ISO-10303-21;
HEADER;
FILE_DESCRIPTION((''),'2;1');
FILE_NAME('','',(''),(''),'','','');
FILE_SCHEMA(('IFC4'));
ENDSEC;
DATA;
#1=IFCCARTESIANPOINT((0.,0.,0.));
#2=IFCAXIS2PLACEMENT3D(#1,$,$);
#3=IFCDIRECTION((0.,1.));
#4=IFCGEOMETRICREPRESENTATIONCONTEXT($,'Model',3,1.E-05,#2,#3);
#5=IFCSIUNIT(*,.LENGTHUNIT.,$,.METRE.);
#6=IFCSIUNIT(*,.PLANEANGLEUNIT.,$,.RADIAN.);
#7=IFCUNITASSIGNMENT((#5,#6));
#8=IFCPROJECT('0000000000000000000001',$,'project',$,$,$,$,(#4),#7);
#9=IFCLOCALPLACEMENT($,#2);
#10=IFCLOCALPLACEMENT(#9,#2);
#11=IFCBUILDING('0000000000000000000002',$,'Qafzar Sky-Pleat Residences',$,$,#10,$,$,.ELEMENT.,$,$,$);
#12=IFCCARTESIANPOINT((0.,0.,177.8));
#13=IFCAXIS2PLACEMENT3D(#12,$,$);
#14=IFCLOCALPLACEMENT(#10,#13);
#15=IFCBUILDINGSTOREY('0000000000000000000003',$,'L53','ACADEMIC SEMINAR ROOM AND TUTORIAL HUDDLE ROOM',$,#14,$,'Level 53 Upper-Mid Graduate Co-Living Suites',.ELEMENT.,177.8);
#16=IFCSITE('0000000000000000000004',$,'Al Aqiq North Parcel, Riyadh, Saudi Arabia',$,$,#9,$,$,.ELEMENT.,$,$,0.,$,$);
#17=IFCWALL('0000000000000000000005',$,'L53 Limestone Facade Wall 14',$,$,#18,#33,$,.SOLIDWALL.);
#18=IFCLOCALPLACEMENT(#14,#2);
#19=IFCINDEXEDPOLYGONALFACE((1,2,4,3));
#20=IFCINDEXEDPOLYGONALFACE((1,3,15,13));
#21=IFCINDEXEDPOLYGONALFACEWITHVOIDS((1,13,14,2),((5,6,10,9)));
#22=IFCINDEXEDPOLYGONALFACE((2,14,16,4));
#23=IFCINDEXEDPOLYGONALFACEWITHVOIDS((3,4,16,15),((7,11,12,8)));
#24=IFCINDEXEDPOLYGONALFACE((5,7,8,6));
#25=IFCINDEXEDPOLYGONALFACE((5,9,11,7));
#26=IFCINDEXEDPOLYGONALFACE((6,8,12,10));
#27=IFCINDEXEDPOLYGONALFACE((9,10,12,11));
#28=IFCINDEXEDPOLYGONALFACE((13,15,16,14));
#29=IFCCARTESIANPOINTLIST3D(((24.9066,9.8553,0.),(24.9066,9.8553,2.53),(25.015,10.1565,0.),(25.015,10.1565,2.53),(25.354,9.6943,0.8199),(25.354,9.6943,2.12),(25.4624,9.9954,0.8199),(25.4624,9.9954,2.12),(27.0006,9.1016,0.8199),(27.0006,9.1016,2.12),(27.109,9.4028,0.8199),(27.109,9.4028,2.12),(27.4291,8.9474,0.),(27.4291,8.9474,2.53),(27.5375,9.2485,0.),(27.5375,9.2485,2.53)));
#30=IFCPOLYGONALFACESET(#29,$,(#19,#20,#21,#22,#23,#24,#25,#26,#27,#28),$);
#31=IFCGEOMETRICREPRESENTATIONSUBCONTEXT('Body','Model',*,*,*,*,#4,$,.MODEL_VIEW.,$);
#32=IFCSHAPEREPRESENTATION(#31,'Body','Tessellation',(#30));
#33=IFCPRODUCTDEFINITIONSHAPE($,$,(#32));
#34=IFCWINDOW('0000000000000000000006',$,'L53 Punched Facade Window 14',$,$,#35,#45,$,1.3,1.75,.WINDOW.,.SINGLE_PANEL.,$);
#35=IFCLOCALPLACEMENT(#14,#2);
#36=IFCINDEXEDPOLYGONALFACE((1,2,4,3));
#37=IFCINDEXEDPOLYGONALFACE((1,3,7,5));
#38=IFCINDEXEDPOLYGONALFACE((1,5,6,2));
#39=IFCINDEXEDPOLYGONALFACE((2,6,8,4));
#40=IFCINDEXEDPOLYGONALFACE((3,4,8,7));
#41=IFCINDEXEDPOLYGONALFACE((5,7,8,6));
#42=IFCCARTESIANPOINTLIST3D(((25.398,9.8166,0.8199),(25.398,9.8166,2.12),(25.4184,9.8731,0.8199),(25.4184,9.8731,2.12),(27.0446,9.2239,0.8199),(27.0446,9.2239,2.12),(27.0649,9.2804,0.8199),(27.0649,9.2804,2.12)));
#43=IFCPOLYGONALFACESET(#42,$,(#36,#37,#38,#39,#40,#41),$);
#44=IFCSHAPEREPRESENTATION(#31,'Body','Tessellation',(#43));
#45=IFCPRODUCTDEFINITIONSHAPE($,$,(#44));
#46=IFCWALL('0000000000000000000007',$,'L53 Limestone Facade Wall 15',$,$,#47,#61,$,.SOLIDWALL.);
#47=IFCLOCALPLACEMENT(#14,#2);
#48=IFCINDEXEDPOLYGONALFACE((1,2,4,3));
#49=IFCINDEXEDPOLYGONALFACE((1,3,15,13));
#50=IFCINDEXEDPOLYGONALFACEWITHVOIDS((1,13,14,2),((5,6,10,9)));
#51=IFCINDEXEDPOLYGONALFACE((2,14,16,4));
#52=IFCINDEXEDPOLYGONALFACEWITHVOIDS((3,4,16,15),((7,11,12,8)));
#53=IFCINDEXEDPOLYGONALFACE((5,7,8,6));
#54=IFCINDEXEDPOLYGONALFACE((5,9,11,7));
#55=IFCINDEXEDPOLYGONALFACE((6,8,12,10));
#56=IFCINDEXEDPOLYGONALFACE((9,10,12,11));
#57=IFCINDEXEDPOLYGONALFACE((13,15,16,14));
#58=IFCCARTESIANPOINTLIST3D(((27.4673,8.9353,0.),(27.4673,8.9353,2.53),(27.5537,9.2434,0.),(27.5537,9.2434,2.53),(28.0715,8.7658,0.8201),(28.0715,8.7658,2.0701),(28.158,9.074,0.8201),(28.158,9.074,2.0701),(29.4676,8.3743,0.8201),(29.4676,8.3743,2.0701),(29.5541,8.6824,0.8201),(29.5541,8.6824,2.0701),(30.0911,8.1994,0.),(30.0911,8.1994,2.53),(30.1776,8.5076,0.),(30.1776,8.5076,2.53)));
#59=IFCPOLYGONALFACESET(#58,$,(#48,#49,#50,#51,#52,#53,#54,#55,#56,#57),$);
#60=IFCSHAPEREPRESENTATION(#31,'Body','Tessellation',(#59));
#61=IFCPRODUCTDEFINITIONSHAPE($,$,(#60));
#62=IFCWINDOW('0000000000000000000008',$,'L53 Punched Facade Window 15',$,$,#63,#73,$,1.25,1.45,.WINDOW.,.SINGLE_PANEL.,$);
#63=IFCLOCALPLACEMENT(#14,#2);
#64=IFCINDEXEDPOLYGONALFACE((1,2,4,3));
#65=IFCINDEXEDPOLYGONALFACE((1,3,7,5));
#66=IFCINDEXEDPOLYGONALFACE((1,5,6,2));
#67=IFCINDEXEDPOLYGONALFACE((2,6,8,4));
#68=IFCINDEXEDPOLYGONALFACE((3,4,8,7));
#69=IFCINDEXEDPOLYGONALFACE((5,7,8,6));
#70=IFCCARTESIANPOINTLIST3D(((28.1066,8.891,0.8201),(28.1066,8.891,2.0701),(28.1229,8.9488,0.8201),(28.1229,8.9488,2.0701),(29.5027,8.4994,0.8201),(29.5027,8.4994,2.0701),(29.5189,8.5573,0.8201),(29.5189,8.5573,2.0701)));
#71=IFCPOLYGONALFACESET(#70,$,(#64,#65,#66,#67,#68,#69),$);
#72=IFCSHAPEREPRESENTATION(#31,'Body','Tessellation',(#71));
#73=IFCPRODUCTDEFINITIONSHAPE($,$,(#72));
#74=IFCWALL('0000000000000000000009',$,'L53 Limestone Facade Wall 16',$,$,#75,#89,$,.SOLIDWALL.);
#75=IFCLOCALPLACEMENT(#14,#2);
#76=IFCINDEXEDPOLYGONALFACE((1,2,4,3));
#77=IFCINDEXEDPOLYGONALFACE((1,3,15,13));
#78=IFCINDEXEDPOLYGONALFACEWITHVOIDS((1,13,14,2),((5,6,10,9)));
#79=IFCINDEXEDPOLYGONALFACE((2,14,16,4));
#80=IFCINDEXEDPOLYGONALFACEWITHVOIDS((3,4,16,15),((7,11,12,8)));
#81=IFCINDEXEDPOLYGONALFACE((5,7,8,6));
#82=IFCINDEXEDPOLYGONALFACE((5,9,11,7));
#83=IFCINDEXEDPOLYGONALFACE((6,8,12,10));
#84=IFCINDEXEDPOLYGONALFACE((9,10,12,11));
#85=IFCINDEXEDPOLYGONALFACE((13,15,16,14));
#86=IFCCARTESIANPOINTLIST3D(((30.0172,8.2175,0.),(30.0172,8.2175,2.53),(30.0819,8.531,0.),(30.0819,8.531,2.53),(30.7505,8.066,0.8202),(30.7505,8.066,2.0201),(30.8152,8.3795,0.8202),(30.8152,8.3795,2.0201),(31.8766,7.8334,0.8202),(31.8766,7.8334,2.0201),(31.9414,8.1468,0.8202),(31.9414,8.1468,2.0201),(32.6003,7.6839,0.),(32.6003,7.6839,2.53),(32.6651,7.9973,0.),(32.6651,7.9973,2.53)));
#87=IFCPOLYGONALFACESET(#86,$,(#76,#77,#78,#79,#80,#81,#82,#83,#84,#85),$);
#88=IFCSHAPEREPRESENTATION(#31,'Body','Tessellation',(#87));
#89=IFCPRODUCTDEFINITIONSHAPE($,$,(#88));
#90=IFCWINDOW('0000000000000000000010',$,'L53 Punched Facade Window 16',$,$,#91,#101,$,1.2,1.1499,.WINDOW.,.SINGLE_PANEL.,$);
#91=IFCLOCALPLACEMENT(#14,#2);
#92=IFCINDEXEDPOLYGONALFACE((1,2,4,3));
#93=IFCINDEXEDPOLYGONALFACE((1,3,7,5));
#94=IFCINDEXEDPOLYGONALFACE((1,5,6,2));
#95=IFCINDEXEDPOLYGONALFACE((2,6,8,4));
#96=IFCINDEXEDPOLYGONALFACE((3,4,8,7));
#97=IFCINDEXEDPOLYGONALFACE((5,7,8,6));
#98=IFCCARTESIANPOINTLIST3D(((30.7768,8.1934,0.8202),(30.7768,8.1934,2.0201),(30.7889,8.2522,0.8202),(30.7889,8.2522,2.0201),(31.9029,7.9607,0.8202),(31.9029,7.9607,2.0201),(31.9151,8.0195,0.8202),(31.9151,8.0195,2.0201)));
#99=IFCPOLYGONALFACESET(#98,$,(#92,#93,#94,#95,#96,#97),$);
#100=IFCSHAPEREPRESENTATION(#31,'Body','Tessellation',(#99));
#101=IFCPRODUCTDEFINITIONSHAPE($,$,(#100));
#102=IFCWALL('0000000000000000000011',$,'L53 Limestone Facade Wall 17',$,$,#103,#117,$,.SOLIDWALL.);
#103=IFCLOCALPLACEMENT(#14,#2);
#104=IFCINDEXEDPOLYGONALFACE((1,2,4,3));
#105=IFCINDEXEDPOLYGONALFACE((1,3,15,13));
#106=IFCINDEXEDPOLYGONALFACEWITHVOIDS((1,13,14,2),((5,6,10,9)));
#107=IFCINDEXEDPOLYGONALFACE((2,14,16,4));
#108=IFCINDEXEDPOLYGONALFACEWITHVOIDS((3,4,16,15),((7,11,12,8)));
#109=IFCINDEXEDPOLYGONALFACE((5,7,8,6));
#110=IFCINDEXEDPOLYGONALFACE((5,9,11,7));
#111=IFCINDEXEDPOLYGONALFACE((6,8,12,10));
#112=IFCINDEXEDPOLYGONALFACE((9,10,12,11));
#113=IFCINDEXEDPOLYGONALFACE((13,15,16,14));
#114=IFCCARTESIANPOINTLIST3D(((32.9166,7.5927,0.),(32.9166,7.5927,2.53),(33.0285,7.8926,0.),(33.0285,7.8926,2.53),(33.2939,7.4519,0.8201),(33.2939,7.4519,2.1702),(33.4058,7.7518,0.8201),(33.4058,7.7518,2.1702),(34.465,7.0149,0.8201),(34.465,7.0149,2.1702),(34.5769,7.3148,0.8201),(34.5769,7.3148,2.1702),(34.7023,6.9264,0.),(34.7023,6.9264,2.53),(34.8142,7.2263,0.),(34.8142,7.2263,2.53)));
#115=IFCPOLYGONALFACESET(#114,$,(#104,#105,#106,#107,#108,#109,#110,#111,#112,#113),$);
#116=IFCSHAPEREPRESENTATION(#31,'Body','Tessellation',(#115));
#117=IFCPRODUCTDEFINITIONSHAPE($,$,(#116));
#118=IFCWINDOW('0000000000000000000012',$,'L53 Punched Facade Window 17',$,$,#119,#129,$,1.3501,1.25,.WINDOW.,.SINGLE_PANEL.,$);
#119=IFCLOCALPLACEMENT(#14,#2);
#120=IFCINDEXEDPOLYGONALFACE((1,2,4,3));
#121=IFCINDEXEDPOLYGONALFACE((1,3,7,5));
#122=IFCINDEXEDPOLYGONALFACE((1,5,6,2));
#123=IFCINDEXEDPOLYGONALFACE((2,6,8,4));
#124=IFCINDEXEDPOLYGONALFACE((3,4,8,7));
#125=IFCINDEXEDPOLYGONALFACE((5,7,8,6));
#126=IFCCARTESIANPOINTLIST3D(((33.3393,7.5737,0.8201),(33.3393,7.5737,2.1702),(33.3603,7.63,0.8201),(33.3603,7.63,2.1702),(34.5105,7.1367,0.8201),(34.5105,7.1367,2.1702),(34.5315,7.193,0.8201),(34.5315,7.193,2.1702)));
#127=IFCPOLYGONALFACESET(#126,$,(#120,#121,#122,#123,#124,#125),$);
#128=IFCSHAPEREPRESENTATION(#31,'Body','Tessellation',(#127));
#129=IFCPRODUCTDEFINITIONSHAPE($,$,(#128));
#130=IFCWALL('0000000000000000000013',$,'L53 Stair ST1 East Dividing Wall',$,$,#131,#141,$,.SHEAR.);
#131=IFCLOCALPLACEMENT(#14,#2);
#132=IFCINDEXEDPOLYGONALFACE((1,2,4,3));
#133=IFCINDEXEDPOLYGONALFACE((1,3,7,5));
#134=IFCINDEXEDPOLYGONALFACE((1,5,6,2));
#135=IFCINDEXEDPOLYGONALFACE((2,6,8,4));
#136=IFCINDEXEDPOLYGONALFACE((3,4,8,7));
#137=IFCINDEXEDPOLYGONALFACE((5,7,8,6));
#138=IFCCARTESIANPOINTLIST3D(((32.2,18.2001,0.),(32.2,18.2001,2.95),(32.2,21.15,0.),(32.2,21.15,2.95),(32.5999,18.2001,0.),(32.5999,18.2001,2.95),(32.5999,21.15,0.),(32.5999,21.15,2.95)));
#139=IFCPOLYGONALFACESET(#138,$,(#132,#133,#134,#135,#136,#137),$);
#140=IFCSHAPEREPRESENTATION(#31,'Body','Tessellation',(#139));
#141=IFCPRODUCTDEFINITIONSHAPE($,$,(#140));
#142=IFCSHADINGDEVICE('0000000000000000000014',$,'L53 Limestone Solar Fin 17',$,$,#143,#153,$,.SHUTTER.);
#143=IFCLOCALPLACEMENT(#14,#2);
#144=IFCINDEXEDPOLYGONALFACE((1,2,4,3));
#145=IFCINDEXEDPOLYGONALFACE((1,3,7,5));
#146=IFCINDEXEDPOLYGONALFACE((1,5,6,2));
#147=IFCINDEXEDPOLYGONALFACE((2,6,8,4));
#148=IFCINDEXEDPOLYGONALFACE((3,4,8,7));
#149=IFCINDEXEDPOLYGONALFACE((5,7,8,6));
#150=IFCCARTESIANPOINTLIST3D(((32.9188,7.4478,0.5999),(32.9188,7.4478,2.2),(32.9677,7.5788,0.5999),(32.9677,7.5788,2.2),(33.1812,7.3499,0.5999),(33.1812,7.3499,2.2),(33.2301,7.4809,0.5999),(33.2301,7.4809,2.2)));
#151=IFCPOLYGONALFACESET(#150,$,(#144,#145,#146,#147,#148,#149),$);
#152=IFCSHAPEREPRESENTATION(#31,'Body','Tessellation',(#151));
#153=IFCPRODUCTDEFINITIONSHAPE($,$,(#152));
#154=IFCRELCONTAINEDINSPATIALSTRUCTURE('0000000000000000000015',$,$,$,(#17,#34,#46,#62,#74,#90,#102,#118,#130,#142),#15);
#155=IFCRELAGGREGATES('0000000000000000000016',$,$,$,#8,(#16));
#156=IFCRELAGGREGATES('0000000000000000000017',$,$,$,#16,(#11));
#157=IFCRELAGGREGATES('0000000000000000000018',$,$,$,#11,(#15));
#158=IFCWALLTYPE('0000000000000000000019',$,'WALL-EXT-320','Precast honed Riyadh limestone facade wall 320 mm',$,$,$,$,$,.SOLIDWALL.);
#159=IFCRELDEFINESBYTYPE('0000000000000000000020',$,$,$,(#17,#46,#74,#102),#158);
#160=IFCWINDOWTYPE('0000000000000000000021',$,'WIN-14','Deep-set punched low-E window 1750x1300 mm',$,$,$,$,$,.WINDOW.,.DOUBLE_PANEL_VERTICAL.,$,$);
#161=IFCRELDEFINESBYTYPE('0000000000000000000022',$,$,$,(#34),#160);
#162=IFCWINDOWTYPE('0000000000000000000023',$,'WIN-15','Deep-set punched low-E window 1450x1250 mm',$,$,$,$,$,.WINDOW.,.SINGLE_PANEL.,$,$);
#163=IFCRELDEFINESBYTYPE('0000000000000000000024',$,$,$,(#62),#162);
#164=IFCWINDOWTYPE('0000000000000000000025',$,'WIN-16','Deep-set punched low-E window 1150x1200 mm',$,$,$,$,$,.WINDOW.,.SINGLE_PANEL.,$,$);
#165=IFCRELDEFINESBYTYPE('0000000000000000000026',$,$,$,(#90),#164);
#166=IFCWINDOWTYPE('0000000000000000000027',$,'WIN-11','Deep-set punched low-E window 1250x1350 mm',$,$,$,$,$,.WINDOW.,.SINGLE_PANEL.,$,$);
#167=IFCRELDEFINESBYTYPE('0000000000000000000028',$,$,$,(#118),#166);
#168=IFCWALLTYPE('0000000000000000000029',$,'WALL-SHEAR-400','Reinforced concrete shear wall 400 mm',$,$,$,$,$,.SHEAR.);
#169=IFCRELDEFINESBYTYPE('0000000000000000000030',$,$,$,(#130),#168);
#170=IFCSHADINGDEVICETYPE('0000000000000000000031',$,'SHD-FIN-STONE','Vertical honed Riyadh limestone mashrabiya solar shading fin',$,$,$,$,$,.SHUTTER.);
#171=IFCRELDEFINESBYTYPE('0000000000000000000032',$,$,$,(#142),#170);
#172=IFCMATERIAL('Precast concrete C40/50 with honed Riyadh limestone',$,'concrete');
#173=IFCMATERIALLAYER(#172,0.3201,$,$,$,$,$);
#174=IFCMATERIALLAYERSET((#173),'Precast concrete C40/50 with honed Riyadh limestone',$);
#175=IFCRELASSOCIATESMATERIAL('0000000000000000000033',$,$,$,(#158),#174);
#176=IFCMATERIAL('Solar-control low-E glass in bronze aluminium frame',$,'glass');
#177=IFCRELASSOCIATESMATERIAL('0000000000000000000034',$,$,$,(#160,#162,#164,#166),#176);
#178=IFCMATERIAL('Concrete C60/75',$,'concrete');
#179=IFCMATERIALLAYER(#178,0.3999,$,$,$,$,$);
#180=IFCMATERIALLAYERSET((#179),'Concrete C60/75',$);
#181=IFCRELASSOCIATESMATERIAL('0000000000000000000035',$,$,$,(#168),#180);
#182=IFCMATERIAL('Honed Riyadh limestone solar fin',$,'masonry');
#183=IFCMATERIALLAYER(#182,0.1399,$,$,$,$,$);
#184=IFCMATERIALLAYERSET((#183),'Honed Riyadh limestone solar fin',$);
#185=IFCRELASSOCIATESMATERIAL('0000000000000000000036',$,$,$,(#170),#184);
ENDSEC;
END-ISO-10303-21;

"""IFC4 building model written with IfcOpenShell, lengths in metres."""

from ifc_helpers import new_model, si_unit, direction, frame, frame_2d, origin, origin_2d, place, context, subcontext, project, spatial, rectangle, extrude, source, transform, mapped, material, layer, layer_set, type_object, element, fill, save


model = new_model("IFC4")

# Units and contexts
model_context = context("Model", 3, precision=1e-05, world=origin(), true_north=direction((0.0, 1.0)))
body_context = subcontext(model_context, "Body", "Model", "MODEL_VIEW")
ifc_project = project(units=[si_unit("LENGTHUNIT", "METRE"), si_unit("PLANEANGLEUNIT", "RADIAN")], contexts=[model_context])

# Site, building, storey
site_placement = place(None, origin())
site = spatial("IfcSite", under=ifc_project, at=site_placement, Name="Al Aqiq North Parcel, Riyadh, Saudi Arabia", CompositionType="ELEMENT", RefElevation=0.0)
building_placement = place(site_placement, origin())
building = spatial("IfcBuilding", under=site, at=building_placement, Name="Qafzar Sky-Pleat Residences", CompositionType="ELEMENT")
storey_placement = place(building_placement, frame((0.0, 0.0, 177.8)))
storey = spatial("IfcBuildingStorey", under=building, at=storey_placement, Name="L53", Description="ACADEMIC SEMINAR ROOM AND TUTORIAL HUDDLE ROOM", LongName="Level 53 Upper-Mid Graduate Co-Living Suites", CompositionType="ELEMENT", Elevation=177.8)

# Shared definitions
ifc_material_1 = material(Name="Concrete C60/75", Category="concrete")

# Walls, openings, windows
ifc_material_2 = material(Name="Precast concrete C40/50 with honed Riyadh limestone", Category="concrete")
ifc_layer_1 = layer(ifc_material_2, 0.3201)
ifc_layer_set_1 = layer_set([ifc_layer_1], Name="Precast concrete C40/50 with honed Riyadh limestone")
wall_type_1 = type_object("IfcWallType", Name="WALL-EXT-320", Description="Precast honed Riyadh limestone facade wall 320 mm", PredefinedType="SOLIDWALL", material=ifc_layer_set_1)
wall_1_placement = place(storey_placement, frame((24.9609, 10.0059, 0.0), z_axis=(0.0, 0.0, 1.0), x_axis=(0.940903, -0.338678, 0.0)))
wall_1 = element("IfcWall", 1, at=wall_1_placement, inside=storey, type_object=wall_type_1, Name="L53 Limestone Facade Wall 14", PredefinedType="SOLIDWALL", context=body_context, shape_type="SweptSolid", body=[
    extrude(rectangle(XDim=2.6809, YDim=0.3201, at=frame_2d((1.3403, 0.0))), origin(), (0.0, 0.0, 1.0), 2.53),
])
opening_1_placement = place(wall_1_placement, frame((0.4753, 0.0, 0.8201)))
opening_1 = element("IfcOpeningElement", 2, at=opening_1_placement, cuts=wall_1, PredefinedType="OPENING", context=body_context, shape_type="SweptSolid", body=[
    extrude(rectangle(XDim=1.75, YDim=1.3, at=frame_2d((0.875, 0.6499))), frame((0.0, 0.1699, 0.0), z_axis=(0.0, -1.0, 0.0), x_axis=(1.0, 0.0, 0.0)), (0.0, 0.0, 1.0), 0.3401),
])
ifc_material_3 = material(Name="Solar-control low-E glass in bronze aluminium frame", Category="glass")
window_type_1 = type_object("IfcWindowType", Name="WIN-14", Description="Deep-set punched low-E window 1750x1300 mm", PartitioningType="DOUBLE_PANEL_VERTICAL", PredefinedType="WINDOW", material=ifc_material_3)
shared_shape_1 = source(origin(), body_context, "Body", "SweptSolid", [
    extrude(rectangle(XDim=1.75, YDim=1.3, at=frame_2d((0.875, 0.6499))), frame((0.0, 0.03, 0.0), z_axis=(0.0, -1.0, 0.0), x_axis=(1.0, 0.0, 0.0)), (0.0, 0.0, 1.0), 0.0601),
])
window_1_placement = place(opening_1_placement, origin())
window_1 = element("IfcWindow", 3, at=window_1_placement, inside=storey, type_object=window_type_1, Name="L53 Punched Facade Window 14", OverallHeight=1.3, OverallWidth=1.75, PartitioningType="SINGLE_PANEL", PredefinedType="WINDOW", context=body_context, shape_type="MappedRepresentation", body=[
    mapped(shared_shape_1, transform((0.0, 0.0, 0.0), x_axis=(1.0, 0.0, 0.0), y_axis=(0.0, 1.0, 0.0), z_axis=(0.0, 0.0, 1.0), scale=1.0)),
])
fill(opening_1, window_1)
wall_2_placement = place(storey_placement, frame((27.5105, 9.0894, 0.0), z_axis=(0.0, 0.0, 1.0), x_axis=(0.962851, -0.270032, 0.0)))
wall_2 = element("IfcWall", 4, at=wall_2_placement, inside=storey, type_object=wall_type_1, Name="L53 Limestone Facade Wall 15", PredefinedType="SOLIDWALL", context=body_context, shape_type="SweptSolid", body=[
    extrude(rectangle(XDim=2.7251, YDim=0.3201, at=frame_2d((1.3625, 0.0))), origin(), (0.0, 0.0, 1.0), 2.53),
])
opening_2_placement = place(wall_2_placement, frame((0.6274, 0.0, 0.8201)))
opening_2 = element("IfcOpeningElement", 5, at=opening_2_placement, cuts=wall_2, PredefinedType="OPENING", context=body_context, shape_type="SweptSolid", body=[
    extrude(rectangle(XDim=1.45, YDim=1.25, at=frame_2d((0.7251, 0.625))), frame((0.0, 0.1699, 0.0), z_axis=(0.0, -1.0, 0.0), x_axis=(1.0, 0.0, 0.0)), (0.0, 0.0, 1.0), 0.3401),
])
window_type_2 = type_object("IfcWindowType", Name="WIN-15", Description="Deep-set punched low-E window 1450x1250 mm", PartitioningType="SINGLE_PANEL", PredefinedType="WINDOW", material=ifc_material_3)
shared_shape_2 = source(origin(), body_context, "Body", "SweptSolid", [
    extrude(rectangle(XDim=1.45, YDim=1.25, at=frame_2d((0.7251, 0.625))), frame((0.0, 0.03, 0.0), z_axis=(0.0, -1.0, 0.0), x_axis=(1.0, 0.0, 0.0)), (0.0, 0.0, 1.0), 0.0601),
])
window_2_placement = place(opening_2_placement, origin())
window_2 = element("IfcWindow", 6, at=window_2_placement, inside=storey, type_object=window_type_2, Name="L53 Punched Facade Window 15", OverallHeight=1.25, OverallWidth=1.45, PartitioningType="SINGLE_PANEL", PredefinedType="WINDOW", context=body_context, shape_type="MappedRepresentation", body=[
    mapped(shared_shape_2, transform((0.0, 0.0, 0.0), x_axis=(1.0, 0.0, 0.0), y_axis=(0.0, 1.0, 0.0), z_axis=(0.0, 0.0, 1.0), scale=1.0)),
])
fill(opening_2, window_2)
wall_3_placement = place(storey_placement, frame((30.0496, 8.3743, 0.0), z_axis=(0.0, 0.0, 1.0), x_axis=(0.979319, -0.202324, 0.0)))
wall_3 = element("IfcWall", 7, at=wall_3_placement, inside=storey, type_object=wall_type_1, Name="L53 Limestone Facade Wall 16", PredefinedType="SOLIDWALL", context=body_context, shape_type="SweptSolid", body=[
    extrude(rectangle(XDim=2.6377, YDim=0.3201, at=frame_2d((1.3188, 0.0))), origin(), (0.0, 0.0, 1.0), 2.53),
])
opening_3_placement = place(wall_3_placement, frame((0.7488, 0.0, 0.8201)))
opening_3 = element("IfcOpeningElement", 8, at=opening_3_placement, cuts=wall_3, PredefinedType="OPENING", context=body_context, shape_type="SweptSolid", body=[
    extrude(rectangle(XDim=1.1499, YDim=1.2, at=frame_2d((0.575, 0.6001))), frame((0.0, 0.1699, 0.0), z_axis=(0.0, -1.0, 0.0), x_axis=(1.0, 0.0, 0.0)), (0.0, 0.0, 1.0), 0.3401),
])
window_type_3 = type_object("IfcWindowType", Name="WIN-16", Description="Deep-set punched low-E window 1150x1200 mm", PartitioningType="SINGLE_PANEL", PredefinedType="WINDOW", material=ifc_material_3)
shared_shape_3 = source(origin(), body_context, "Body", "SweptSolid", [
    extrude(rectangle(XDim=1.1499, YDim=1.2, at=frame_2d((0.575, 0.6001))), frame((0.0, 0.03, 0.0), z_axis=(0.0, -1.0, 0.0), x_axis=(1.0, 0.0, 0.0)), (0.0, 0.0, 1.0), 0.0601),
])
window_3_placement = place(opening_3_placement, origin())
window_3 = element("IfcWindow", 9, at=window_3_placement, inside=storey, type_object=window_type_3, Name="L53 Punched Facade Window 16", OverallHeight=1.2, OverallWidth=1.1499, PartitioningType="SINGLE_PANEL", PredefinedType="WINDOW", context=body_context, shape_type="MappedRepresentation", body=[
    mapped(shared_shape_3, transform((0.0, 0.0, 0.0), x_axis=(1.0, 0.0, 0.0), y_axis=(0.0, 1.0, 0.0), z_axis=(0.0, 0.0, 1.0), scale=1.0)),
])
fill(opening_3, window_3)
wall_4_placement = place(storey_placement, frame((32.9724, 7.7427, 0.0), z_axis=(0.0, 0.0, 1.0), x_axis=(0.936907, -0.349579, 0.0)))
wall_4 = element("IfcWall", 10, at=wall_4_placement, inside=storey, type_object=wall_type_1, Name="L53 Limestone Facade Wall 17", PredefinedType="SOLIDWALL", context=body_context, shape_type="SweptSolid", body=[
    extrude(rectangle(XDim=1.906, YDim=0.3201, at=frame_2d((0.9531, 0.0))), origin(), (0.0, 0.0, 1.0), 2.53),
])
opening_4_placement = place(wall_4_placement, frame((0.4028, 0.0, 0.8201)))
opening_4 = element("IfcOpeningElement", 11, at=opening_4_placement, cuts=wall_4, PredefinedType="OPENING", context=body_context, shape_type="SweptSolid", body=[
    extrude(rectangle(XDim=1.25, YDim=1.3501, at=frame_2d((0.625, 0.675))), frame((0.0, 0.1699, 0.0), z_axis=(0.0, -1.0, 0.0), x_axis=(1.0, 0.0, 0.0)), (0.0, 0.0, 1.0), 0.3401),
])
window_type_4 = type_object("IfcWindowType", Name="WIN-11", Description="Deep-set punched low-E window 1250x1350 mm", PartitioningType="SINGLE_PANEL", PredefinedType="WINDOW", material=ifc_material_3)
shared_shape_4 = source(origin(), body_context, "Body", "SweptSolid", [
    extrude(rectangle(XDim=1.25, YDim=1.3501, at=frame_2d((0.625, 0.675))), frame((0.0, 0.03, 0.0), z_axis=(0.0, -1.0, 0.0), x_axis=(1.0, 0.0, 0.0)), (0.0, 0.0, 1.0), 0.0601),
])
window_4_placement = place(opening_4_placement, origin())
window_4 = element("IfcWindow", 12, at=window_4_placement, inside=storey, type_object=window_type_4, Name="L53 Punched Facade Window 17", OverallHeight=1.3501, OverallWidth=1.25, PartitioningType="SINGLE_PANEL", PredefinedType="WINDOW", context=body_context, shape_type="MappedRepresentation", body=[
    mapped(shared_shape_4, transform((0.0, 0.0, 0.0), x_axis=(1.0, 0.0, 0.0), y_axis=(0.0, 1.0, 0.0), z_axis=(0.0, 0.0, 1.0), scale=1.0)),
])
fill(opening_4, window_4)

# Wall
ifc_layer_2 = layer(ifc_material_1, 0.3999)
ifc_layer_set_2 = layer_set([ifc_layer_2], Name="Concrete C60/75")
wall_type_2 = type_object("IfcWallType", Name="WALL-SHEAR-400", Description="Reinforced concrete shear wall 400 mm", PredefinedType="SHEAR", material=ifc_layer_set_2)
wall_5_placement = place(storey_placement, frame((32.3999, 18.2, 0.0), z_axis=(0.0, 0.0, 1.0), x_axis=(0.0, 1.0, 0.0)))
element("IfcWall", 13, at=wall_5_placement, inside=storey, type_object=wall_type_2, Name="L53 Stair ST1 East Dividing Wall", PredefinedType="SHEAR", context=body_context, shape_type="SweptSolid", body=[
    extrude(rectangle(XDim=2.95, YDim=0.3999, at=frame_2d((1.4751, 0.0))), origin(), (0.0, 0.0, 1.0), 2.95),
])

# Shading device
ifc_material_4 = material(Name="Honed Riyadh limestone solar fin", Category="masonry")
ifc_layer_3 = layer(ifc_material_4, 0.1399)
ifc_layer_set_3 = layer_set([ifc_layer_3], Name="Honed Riyadh limestone solar fin")
shading_device_type = type_object("IfcShadingDeviceType", Name="SHD-FIN-STONE", Description="Vertical honed Riyadh limestone mashrabiya solar shading fin", PredefinedType="SHUTTER", material=ifc_layer_set_3)
shared_shape_5 = source(origin(), body_context, "Body", "SweptSolid", [
    extrude(rectangle(XDim=0.1399, YDim=0.28, at=origin_2d()), origin(), (0.0, 0.0, 1.0), 1.6001),
])
shading_device_placement = place(storey_placement, frame((33.0745, 7.4644, 0.5999), z_axis=(0.0, 0.0, 1.0), x_axis=(-0.349603, -0.936898, 0.0)))
element("IfcShadingDevice", 14, at=shading_device_placement, inside=storey, type_object=shading_device_type, Name="L53 Limestone Solar Fin 17", PredefinedType="SHUTTER", context=body_context, shape_type="MappedRepresentation", body=[
    mapped(shared_shape_5, transform((0.0, 0.0, 0.0), x_axis=(1.0, 0.0, 0.0), y_axis=(0.0, 1.0, 0.0), z_axis=(0.0, 0.0, 1.0), scale=1.0)),
])

save(model, "model.ifc")
